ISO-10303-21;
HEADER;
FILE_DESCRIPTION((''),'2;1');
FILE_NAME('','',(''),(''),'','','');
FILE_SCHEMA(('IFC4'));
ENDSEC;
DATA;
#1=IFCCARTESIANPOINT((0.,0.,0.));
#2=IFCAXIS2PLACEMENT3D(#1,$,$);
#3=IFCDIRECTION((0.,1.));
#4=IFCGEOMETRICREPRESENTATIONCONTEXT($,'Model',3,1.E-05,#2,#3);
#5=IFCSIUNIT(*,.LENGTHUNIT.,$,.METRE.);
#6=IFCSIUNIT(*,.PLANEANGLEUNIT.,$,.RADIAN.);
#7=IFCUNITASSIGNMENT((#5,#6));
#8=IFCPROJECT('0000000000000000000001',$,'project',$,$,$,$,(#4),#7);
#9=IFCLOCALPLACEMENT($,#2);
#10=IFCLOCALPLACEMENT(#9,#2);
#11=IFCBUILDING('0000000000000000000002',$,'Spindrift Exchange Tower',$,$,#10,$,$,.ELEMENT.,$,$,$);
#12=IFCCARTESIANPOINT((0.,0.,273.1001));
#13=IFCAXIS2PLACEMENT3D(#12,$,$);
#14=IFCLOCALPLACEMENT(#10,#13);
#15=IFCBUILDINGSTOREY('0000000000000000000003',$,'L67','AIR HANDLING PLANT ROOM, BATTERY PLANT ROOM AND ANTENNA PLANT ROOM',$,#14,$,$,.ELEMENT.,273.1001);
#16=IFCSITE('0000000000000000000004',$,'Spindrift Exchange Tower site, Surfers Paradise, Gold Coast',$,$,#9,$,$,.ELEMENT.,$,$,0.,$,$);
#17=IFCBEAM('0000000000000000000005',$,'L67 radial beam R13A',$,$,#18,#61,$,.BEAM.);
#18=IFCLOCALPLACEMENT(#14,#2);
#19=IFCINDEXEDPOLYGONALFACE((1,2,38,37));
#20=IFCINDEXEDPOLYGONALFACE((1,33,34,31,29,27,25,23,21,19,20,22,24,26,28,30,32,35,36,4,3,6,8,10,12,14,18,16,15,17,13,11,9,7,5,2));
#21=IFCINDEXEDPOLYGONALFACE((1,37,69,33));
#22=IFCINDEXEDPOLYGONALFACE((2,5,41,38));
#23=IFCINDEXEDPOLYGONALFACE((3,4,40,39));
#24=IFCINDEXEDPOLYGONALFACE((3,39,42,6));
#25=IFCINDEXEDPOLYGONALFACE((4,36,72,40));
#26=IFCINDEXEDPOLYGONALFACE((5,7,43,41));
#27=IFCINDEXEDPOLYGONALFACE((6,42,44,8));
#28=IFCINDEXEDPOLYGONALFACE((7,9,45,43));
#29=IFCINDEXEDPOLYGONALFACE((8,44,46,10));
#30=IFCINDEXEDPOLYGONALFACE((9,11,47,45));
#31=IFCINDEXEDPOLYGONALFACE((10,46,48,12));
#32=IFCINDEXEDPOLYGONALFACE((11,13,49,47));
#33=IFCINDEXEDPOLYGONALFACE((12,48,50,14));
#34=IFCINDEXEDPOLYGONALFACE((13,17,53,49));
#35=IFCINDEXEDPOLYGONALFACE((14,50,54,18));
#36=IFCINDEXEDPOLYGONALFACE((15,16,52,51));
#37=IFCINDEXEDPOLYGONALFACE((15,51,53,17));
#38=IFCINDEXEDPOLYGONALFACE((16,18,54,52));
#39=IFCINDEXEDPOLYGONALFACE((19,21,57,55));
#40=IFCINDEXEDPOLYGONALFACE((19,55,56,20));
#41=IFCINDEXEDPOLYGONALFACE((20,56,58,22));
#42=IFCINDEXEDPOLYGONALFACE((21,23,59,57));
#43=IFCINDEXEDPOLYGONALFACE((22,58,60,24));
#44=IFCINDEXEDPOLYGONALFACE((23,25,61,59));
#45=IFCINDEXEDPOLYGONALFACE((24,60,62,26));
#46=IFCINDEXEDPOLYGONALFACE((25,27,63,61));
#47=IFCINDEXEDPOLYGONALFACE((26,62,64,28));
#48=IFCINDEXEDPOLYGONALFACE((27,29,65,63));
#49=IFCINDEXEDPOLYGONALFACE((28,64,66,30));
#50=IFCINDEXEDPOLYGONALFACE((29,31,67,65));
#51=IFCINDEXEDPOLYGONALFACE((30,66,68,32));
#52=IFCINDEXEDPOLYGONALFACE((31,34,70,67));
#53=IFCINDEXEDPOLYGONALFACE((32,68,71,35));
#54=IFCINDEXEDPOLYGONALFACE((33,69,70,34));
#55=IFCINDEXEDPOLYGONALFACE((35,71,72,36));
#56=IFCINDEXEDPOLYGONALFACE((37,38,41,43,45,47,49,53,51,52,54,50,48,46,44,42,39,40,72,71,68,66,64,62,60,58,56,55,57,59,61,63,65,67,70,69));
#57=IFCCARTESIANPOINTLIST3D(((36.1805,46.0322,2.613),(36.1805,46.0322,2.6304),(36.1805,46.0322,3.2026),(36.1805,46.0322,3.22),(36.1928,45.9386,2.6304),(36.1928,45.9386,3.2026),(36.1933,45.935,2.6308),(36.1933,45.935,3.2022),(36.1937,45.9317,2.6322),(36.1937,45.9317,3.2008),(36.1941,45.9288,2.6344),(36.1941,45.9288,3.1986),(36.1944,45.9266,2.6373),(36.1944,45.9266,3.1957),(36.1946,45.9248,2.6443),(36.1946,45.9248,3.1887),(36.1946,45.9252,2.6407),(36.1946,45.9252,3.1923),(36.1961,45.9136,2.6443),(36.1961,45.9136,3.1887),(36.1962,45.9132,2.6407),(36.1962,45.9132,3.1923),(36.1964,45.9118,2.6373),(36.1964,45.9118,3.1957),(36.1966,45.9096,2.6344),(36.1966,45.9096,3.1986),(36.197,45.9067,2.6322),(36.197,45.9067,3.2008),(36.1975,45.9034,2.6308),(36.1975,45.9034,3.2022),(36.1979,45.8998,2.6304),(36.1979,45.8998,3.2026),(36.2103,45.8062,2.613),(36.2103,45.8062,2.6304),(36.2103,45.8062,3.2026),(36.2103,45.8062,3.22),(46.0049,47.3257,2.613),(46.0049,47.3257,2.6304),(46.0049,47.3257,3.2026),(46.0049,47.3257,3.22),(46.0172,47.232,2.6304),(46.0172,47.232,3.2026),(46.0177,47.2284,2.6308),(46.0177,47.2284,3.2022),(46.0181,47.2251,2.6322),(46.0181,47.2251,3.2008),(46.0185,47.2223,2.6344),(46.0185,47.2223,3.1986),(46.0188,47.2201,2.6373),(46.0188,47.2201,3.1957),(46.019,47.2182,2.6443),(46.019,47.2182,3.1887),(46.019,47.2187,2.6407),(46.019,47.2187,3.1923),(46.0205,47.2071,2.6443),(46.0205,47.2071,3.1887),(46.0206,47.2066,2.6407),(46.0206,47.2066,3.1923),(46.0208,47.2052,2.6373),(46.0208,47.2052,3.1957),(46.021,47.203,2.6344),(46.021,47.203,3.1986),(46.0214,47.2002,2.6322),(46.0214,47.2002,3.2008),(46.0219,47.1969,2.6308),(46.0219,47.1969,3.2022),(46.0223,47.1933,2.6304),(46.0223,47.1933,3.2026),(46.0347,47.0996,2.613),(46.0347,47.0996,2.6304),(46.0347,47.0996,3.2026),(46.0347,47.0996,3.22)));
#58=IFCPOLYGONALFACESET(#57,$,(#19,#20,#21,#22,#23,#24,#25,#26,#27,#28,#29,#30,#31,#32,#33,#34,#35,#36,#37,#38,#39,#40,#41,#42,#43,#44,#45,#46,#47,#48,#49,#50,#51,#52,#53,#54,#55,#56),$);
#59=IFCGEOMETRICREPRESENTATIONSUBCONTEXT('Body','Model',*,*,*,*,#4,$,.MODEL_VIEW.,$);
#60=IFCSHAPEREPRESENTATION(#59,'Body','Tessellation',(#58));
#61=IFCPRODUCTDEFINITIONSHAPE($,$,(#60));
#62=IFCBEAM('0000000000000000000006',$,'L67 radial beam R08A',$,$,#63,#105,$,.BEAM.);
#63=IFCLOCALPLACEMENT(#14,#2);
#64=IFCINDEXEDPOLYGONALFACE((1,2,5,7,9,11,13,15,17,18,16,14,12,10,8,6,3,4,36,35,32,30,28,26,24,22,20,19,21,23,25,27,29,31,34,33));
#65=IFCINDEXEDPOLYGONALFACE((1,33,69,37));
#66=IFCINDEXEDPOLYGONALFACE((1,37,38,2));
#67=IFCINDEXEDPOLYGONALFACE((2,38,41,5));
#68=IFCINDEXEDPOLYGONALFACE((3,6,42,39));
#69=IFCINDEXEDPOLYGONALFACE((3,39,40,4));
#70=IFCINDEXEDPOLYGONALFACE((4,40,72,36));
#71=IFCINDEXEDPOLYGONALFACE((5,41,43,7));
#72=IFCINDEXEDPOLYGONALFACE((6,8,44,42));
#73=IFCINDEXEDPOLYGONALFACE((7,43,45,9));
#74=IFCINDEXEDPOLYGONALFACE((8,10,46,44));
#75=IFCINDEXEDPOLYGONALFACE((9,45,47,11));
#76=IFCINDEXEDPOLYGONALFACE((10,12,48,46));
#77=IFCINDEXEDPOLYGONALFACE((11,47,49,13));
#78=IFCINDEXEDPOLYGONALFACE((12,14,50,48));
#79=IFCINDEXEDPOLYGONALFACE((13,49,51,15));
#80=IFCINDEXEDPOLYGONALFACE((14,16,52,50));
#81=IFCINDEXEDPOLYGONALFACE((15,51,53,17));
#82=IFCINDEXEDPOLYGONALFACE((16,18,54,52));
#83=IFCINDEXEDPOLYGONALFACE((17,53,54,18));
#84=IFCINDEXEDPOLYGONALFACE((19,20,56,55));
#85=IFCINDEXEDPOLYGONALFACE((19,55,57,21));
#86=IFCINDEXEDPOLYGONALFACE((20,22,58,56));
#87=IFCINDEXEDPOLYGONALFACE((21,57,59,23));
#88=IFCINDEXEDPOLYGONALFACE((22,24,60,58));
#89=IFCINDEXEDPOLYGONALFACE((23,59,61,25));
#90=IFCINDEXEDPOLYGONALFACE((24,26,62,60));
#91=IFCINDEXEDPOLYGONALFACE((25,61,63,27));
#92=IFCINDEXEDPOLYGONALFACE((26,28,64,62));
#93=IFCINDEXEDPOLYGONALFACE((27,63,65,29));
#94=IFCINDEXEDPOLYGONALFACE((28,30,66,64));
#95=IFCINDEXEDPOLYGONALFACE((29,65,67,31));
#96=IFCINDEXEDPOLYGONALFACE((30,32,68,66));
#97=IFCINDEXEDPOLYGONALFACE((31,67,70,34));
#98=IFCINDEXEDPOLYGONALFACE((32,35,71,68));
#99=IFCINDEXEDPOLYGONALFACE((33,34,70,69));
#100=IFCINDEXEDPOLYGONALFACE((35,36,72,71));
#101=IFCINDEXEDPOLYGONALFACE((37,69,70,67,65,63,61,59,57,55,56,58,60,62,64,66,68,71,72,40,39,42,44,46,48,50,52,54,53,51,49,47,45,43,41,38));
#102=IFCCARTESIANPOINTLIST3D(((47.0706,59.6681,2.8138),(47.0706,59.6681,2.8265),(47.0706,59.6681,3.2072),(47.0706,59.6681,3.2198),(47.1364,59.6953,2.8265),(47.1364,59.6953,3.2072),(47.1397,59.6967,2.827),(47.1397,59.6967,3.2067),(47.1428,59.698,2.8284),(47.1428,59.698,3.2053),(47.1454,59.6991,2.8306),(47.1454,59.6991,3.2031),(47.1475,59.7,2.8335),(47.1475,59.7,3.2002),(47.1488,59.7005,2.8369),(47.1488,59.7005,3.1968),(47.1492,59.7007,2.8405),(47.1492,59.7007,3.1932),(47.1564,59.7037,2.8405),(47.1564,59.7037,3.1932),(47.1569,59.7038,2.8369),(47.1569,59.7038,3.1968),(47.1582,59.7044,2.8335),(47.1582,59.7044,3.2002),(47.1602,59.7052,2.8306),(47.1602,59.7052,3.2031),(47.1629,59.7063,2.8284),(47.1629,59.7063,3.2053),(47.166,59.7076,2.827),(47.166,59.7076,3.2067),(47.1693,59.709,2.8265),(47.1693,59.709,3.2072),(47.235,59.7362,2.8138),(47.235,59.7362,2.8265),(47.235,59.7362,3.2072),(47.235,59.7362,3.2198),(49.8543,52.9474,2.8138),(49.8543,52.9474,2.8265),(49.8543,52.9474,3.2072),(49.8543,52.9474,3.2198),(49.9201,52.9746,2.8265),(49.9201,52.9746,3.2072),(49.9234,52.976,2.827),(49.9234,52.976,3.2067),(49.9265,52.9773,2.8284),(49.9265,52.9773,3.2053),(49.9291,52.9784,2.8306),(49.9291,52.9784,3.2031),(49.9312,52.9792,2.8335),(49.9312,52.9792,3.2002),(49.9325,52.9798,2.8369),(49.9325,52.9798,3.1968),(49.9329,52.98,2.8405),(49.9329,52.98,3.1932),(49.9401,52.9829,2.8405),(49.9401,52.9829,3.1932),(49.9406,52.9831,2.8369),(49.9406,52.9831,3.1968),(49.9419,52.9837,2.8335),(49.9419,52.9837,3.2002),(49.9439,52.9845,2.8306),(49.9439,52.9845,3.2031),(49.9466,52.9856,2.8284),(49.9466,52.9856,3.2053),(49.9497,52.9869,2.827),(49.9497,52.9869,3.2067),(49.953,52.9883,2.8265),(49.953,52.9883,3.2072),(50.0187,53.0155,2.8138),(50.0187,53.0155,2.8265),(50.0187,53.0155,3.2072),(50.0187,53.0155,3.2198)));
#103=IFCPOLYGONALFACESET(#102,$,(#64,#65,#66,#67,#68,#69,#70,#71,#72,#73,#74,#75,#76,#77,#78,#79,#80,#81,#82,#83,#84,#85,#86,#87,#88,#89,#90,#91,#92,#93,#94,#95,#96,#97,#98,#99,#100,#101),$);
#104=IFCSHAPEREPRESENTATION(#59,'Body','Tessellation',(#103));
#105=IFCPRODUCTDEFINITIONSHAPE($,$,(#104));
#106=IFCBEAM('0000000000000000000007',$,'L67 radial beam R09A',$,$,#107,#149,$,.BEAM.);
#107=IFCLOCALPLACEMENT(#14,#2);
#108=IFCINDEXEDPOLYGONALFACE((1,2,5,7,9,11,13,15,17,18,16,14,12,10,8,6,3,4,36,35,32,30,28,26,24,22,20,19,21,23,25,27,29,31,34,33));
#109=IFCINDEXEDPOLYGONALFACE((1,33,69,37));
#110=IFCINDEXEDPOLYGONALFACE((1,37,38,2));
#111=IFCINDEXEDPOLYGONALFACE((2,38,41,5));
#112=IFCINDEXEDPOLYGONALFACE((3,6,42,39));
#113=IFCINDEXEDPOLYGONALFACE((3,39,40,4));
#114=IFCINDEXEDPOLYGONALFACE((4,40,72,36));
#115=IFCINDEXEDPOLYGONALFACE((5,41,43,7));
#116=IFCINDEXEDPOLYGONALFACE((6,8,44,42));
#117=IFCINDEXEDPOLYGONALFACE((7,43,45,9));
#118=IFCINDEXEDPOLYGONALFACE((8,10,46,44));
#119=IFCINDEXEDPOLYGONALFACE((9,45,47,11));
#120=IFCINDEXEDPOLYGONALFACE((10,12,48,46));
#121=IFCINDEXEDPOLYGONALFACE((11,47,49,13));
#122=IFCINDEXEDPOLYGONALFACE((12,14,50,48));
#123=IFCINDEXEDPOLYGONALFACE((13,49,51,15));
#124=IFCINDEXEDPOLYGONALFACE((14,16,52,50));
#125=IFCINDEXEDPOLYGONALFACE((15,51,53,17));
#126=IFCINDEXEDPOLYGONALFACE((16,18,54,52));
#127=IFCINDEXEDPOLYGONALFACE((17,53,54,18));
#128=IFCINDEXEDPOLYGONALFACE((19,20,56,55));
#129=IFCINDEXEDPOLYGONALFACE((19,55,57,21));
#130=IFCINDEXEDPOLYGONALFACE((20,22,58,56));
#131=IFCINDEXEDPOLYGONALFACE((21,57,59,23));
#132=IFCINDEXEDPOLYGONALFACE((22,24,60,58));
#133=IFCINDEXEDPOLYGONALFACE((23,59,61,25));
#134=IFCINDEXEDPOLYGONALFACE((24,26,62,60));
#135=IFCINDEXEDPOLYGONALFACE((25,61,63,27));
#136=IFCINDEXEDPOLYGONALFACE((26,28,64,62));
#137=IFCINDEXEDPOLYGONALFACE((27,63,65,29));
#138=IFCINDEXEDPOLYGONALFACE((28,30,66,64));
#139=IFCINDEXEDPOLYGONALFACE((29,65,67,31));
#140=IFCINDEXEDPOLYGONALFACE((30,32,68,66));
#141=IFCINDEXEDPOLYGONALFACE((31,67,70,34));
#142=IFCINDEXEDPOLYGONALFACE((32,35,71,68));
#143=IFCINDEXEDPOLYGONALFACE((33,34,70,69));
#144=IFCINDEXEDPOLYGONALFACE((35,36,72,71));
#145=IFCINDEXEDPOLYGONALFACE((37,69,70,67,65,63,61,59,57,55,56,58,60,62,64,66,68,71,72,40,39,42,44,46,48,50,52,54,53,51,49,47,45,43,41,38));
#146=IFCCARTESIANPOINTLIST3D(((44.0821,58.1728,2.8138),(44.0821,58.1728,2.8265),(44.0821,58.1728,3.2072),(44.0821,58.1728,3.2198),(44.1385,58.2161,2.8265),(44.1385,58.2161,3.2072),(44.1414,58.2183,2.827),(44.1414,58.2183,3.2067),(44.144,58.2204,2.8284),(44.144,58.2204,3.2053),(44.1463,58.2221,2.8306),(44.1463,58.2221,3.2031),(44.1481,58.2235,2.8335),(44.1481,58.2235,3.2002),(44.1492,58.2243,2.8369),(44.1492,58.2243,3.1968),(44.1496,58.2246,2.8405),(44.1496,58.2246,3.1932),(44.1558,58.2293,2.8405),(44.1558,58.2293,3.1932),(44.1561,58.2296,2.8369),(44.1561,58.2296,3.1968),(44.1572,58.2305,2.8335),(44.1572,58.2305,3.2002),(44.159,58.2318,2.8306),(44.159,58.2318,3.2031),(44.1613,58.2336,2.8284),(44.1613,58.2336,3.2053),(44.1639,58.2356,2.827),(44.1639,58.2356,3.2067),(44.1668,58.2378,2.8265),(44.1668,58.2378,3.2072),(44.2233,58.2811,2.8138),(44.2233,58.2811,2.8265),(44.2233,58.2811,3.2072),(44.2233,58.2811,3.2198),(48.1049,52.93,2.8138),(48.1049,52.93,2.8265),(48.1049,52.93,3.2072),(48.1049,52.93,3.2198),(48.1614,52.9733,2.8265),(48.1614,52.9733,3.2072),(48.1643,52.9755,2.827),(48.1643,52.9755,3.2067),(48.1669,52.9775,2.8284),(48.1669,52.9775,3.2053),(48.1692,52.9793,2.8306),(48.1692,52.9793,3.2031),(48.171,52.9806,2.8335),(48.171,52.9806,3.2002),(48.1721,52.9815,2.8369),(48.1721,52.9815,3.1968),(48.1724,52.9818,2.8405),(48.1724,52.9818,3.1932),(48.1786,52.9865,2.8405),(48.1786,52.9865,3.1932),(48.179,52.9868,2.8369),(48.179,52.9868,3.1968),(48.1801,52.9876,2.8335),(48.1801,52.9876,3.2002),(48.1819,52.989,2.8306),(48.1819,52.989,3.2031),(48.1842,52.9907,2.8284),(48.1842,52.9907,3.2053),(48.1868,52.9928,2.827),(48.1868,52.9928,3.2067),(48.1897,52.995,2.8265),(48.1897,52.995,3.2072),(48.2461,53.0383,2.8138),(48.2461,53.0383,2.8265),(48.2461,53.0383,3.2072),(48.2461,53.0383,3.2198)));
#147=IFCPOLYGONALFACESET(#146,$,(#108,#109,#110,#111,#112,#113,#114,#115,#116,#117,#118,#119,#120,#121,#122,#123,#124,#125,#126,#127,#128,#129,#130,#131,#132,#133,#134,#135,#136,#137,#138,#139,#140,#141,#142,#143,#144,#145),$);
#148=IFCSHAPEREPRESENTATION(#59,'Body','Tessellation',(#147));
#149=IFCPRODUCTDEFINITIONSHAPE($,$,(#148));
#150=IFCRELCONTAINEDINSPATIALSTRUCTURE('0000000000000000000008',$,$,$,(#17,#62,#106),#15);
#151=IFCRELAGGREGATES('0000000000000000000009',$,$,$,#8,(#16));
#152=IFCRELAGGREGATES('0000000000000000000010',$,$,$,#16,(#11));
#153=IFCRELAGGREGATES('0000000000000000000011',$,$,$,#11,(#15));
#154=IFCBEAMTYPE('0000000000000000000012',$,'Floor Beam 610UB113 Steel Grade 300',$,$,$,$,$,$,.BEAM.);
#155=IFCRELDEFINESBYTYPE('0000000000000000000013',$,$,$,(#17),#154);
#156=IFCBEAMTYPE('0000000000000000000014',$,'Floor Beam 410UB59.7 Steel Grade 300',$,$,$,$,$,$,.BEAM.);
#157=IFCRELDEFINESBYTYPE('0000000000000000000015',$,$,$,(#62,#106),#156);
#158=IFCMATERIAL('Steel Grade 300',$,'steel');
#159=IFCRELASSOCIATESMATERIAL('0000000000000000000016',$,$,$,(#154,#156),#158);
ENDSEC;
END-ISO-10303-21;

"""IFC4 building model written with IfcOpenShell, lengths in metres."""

from ifc_helpers import new_model, si_unit, direction, frame, origin, origin_2d, place, context, subcontext, project, spatial, i_section, extrude, source, transform, mapped, material, material_profile, profile_set, type_object, element, save


model = new_model("IFC4")

# Units and contexts
model_context = context("Model", 3, precision=1e-05, world=origin(), true_north=direction((0.0, 1.0)))
body_context = subcontext(model_context, "Body", "Model", "MODEL_VIEW")
ifc_project = project(units=[si_unit("LENGTHUNIT", "METRE"), si_unit("PLANEANGLEUNIT", "RADIAN")], contexts=[model_context])

# Site, building, storey
site_placement = place(None, origin())
site = spatial("IfcSite", under=ifc_project, at=site_placement, Name="Spindrift Exchange Tower site, Surfers Paradise, Gold Coast", CompositionType="ELEMENT", RefElevation=0.0)
building_placement = place(site_placement, origin())
building = spatial("IfcBuilding", under=site, at=building_placement, Name="Spindrift Exchange Tower", CompositionType="ELEMENT")
storey_placement = place(building_placement, frame((0.0, 0.0, 273.1001)))
storey = spatial("IfcBuildingStorey", under=building, at=storey_placement, Name="L67", Description="AIR HANDLING PLANT ROOM, BATTERY PLANT ROOM AND ANTENNA PLANT ROOM", CompositionType="ELEMENT", Elevation=273.1001)

# Beams
ifc_material_1 = material(Name="Steel Grade 300", Category="steel")
ifc_material_profile_1 = material_profile(ifc_material_1, i_section(OverallWidth=0.228, OverallDepth=0.6069, WebThickness=0.0112, FlangeThickness=0.0173, FilletRadius=0.0139, at=origin_2d()), Name="610UB113")
ifc_profile_set_1 = profile_set([ifc_material_profile_1], Name="Steel Grade 300")
beam_type_1 = type_object("IfcBeamType", Name="Floor Beam 610UB113 Steel Grade 300", PredefinedType="BEAM", material=ifc_profile_set_1)
shared_shape_1 = source(origin(), body_context, "Body", "SweptSolid", [
    extrude(i_section(OverallWidth=0.228, OverallDepth=0.6069, WebThickness=0.0112, FlangeThickness=0.0173, FilletRadius=0.0139, at=origin_2d()), origin(), (0.0, 0.0, 1.0), 9.9092),
])
beam_1_placement = place(storey_placement, frame((46.0198, 47.2126, 2.9165), z_axis=(-0.991444, -0.13053, 0.0), x_axis=(0.13053, -0.991444, 0.0)))
element("IfcBeam", 1, at=beam_1_placement, inside=storey, type_object=beam_type_1, Name="L67 radial beam R13A", PredefinedType="BEAM", context=body_context, shape_type="MappedRepresentation", body=[
    mapped(shared_shape_1, transform((0.0, 0.0, 0.0), scale=1.0)),
])
ifc_material_profile_2 = material_profile(ifc_material_1, i_section(OverallWidth=0.178, OverallDepth=0.406, WebThickness=0.0078, FlangeThickness=0.0127, FilletRadius=0.0139, at=origin_2d()), Name="410UB59.7")
ifc_profile_set_2 = profile_set([ifc_material_profile_2], Name="Steel Grade 300")
beam_type_2 = type_object("IfcBeamType", Name="Floor Beam 410UB59.7 Steel Grade 300", PredefinedType="BEAM", material=ifc_profile_set_2)
shared_shape_2 = source(origin(), body_context, "Body", "SweptSolid", [
    extrude(i_section(OverallWidth=0.178, OverallDepth=0.406, WebThickness=0.0078, FlangeThickness=0.0127, FilletRadius=0.0139, at=origin_2d()), origin(), (0.0, 0.0, 1.0), 7.2744),
])
beam_2_placement = place(storey_placement, frame((49.9365, 52.9814, 3.0168), z_axis=(-0.38267, 0.923885, 0.0), x_axis=(-0.923885, -0.38267, 0.0)))
element("IfcBeam", 2, at=beam_2_placement, inside=storey, type_object=beam_type_2, Name="L67 radial beam R08A", PredefinedType="BEAM", context=body_context, shape_type="MappedRepresentation", body=[
    mapped(shared_shape_2, transform((0.0, 0.0, 0.0), scale=1.0)),
])
shared_shape_3 = source(origin(), body_context, "Body", "SweptSolid", [
    extrude(i_section(OverallWidth=0.178, OverallDepth=0.406, WebThickness=0.0078, FlangeThickness=0.0127, FilletRadius=0.0139, at=origin_2d()), origin(), (0.0, 0.0, 1.0), 6.6084),
])
beam_3_placement = place(storey_placement, frame((48.1755, 52.9841, 3.0168), z_axis=(-0.608753, 0.79336, 0.0), x_axis=(-0.79336, -0.608753, 0.0)))
element("IfcBeam", 3, at=beam_3_placement, inside=storey, type_object=beam_type_2, Name="L67 radial beam R09A", PredefinedType="BEAM", context=body_context, shape_type="MappedRepresentation", body=[
    mapped(shared_shape_3, transform((0.0, 0.0, 0.0), scale=1.0)),
])

save(model, "model.ifc")
